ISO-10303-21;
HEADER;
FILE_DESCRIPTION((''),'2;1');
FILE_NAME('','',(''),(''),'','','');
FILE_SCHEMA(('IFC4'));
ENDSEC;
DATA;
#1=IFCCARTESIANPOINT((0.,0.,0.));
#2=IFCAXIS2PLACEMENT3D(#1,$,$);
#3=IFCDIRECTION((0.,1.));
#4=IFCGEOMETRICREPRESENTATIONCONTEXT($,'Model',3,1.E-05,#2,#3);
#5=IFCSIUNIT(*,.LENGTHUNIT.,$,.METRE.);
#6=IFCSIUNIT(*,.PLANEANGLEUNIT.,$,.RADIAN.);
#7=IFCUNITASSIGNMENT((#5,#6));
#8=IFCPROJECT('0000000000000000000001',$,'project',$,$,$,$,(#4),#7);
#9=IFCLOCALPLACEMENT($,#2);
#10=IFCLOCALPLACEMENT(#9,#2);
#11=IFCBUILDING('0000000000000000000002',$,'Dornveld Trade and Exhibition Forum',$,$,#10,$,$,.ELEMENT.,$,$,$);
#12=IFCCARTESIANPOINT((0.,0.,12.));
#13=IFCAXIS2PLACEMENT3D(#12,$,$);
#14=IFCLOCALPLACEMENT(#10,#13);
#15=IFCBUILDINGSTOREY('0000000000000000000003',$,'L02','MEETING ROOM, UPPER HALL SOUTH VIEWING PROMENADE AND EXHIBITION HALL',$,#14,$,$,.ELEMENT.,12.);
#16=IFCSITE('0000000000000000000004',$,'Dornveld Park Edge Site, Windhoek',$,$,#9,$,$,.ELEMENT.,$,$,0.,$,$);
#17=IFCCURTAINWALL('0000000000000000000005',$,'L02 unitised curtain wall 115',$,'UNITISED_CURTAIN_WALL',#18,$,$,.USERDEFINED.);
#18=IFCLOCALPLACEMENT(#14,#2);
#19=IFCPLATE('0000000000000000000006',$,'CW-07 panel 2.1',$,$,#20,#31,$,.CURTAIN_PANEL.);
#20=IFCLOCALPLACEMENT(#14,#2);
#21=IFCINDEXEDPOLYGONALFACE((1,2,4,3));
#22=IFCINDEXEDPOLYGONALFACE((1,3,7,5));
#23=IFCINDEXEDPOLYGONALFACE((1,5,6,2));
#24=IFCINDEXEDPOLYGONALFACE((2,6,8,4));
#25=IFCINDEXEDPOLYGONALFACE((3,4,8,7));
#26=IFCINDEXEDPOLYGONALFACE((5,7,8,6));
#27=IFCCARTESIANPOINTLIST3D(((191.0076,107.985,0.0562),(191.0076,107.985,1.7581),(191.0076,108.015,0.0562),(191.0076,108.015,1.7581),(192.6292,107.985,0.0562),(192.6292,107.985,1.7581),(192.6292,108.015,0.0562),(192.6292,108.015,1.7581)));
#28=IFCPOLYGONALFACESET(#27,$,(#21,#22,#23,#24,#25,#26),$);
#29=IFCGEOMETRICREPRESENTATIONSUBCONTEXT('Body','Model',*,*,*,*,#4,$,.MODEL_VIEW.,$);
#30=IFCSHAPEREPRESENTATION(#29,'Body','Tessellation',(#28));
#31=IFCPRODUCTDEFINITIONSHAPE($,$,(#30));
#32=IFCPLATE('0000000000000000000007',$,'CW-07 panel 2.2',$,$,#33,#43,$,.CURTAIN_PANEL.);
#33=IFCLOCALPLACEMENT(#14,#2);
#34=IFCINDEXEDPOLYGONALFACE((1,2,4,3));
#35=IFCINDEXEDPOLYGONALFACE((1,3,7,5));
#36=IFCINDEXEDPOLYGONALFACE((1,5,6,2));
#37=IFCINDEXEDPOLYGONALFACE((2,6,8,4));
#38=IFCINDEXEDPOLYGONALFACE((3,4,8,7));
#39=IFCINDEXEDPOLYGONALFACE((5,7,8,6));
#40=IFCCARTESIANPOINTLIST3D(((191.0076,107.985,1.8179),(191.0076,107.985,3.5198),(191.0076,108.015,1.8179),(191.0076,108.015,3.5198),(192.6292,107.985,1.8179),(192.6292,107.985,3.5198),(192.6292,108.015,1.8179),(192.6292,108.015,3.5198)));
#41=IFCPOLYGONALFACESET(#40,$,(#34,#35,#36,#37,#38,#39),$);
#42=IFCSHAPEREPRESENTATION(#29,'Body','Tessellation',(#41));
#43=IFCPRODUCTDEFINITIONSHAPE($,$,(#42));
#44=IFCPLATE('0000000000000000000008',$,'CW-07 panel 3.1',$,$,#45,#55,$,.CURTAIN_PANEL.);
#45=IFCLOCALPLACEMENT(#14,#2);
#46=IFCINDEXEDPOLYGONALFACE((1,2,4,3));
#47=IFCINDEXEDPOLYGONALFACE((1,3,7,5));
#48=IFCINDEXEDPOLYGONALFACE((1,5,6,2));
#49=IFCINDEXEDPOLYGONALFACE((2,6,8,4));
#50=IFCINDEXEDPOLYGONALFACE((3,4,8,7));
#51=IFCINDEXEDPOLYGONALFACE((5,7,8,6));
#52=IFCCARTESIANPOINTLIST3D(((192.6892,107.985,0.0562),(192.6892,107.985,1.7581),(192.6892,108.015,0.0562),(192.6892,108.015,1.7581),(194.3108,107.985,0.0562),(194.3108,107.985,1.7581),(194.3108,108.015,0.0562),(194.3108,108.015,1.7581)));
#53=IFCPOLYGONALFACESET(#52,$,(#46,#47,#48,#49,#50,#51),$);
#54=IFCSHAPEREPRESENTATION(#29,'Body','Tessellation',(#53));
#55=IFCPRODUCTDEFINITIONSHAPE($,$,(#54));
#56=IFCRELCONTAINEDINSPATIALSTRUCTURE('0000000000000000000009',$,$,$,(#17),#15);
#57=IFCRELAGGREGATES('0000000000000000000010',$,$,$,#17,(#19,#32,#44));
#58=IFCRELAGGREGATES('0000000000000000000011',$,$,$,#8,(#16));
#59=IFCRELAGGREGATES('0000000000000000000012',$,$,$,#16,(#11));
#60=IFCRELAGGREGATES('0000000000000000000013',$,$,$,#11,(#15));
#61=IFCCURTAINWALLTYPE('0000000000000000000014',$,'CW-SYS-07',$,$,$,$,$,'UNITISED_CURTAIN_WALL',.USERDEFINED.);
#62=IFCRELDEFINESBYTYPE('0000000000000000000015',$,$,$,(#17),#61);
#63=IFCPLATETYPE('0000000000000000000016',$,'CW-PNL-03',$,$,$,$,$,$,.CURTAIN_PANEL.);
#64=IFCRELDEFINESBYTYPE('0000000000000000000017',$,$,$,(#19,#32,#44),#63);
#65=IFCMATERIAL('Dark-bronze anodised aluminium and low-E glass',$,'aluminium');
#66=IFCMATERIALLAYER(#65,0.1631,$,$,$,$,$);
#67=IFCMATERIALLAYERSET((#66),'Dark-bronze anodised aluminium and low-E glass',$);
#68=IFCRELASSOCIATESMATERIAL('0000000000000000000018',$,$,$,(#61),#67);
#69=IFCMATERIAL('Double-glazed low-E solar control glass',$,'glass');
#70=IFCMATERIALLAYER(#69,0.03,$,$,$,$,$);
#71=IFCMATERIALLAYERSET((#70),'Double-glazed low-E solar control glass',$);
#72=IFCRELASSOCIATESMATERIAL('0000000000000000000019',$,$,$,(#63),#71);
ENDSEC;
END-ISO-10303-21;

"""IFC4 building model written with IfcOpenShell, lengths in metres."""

from ifc_helpers import new_model, si_unit, direction, frame, origin, origin_2d, place, context, subcontext, project, spatial, rectangle, extrude, material, layer, layer_set, type_object, element, aggregate, save


model = new_model("IFC4")

# Units and contexts
model_context = context("Model", 3, precision=1e-05, world=origin(), true_north=direction((0.0, 1.0)))
body_context = subcontext(model_context, "Body", "Model", "MODEL_VIEW")
ifc_project = project(units=[si_unit("LENGTHUNIT", "METRE"), si_unit("PLANEANGLEUNIT", "RADIAN")], contexts=[model_context])

# Site, building, storey
site_placement = place(None, origin())
site = spatial("IfcSite", under=ifc_project, at=site_placement, Name="Dornveld Park Edge Site, Windhoek", CompositionType="ELEMENT", RefElevation=0.0)
building_placement = place(site_placement, origin())
building = spatial("IfcBuilding", under=site, at=building_placement, Name="Dornveld Trade and Exhibition Forum", CompositionType="ELEMENT")
storey_placement = place(building_placement, frame((0.0, 0.0, 12.0)))
storey = spatial("IfcBuildingStorey", under=building, at=storey_placement, Name="L02", Description="MEETING ROOM, UPPER HALL SOUTH VIEWING PROMENADE AND EXHIBITION HALL", CompositionType="ELEMENT", Elevation=12.0)

# Curtain wall
ifc_material_1 = material(Name="Dark-bronze anodised aluminium and low-E glass", Category="aluminium")
ifc_layer_1 = layer(ifc_material_1, 0.1631)
ifc_layer_set_1 = layer_set([ifc_layer_1], Name="Dark-bronze anodised aluminium and low-E glass")
curtain_wall_type_1 = type_object("IfcCurtainWallType", Name="CW-SYS-07", ElementType="UNITISED_CURTAIN_WALL", PredefinedType="USERDEFINED", material=ifc_layer_set_1)
curtain_wall_1_placement = place(storey_placement, origin())
curtain_wall_1 = element("IfcCurtainWall", 1, at=curtain_wall_1_placement, inside=storey, type_object=curtain_wall_type_1, Name="L02 unitised curtain wall 115", ObjectType="UNITISED_CURTAIN_WALL", PredefinedType="USERDEFINED")

# Plates
ifc_material_2 = material(Name="Double-glazed low-E solar control glass", Category="glass")
ifc_layer_2 = layer(ifc_material_2, 0.03)
ifc_layer_set_2 = layer_set([ifc_layer_2], Name="Double-glazed low-E solar control glass")
plate_type_1 = type_object("IfcPlateType", Name="CW-PNL-03", PredefinedType="CURTAIN_PANEL", material=ifc_layer_set_2)
plate_1_placement = place(storey_placement, frame((191.8184, 108.0, 0.0562), z_axis=(0.0, 0.0, 1.0), x_axis=(1.0, 0.0, 0.0)))
plate_1 = element("IfcPlate", 2, at=plate_1_placement, type_object=plate_type_1, Name="CW-07 panel 2.1", PredefinedType="CURTAIN_PANEL", context=body_context, shape_type="SweptSolid", body=[
    extrude(rectangle(XDim=1.6216, YDim=0.03, at=origin_2d()), origin(), (0.0, 0.0, 1.0), 1.7019),
])
plate_2_placement = place(storey_placement, frame((191.8184, 108.0, 1.8179), z_axis=(0.0, 0.0, 1.0), x_axis=(1.0, 0.0, 0.0)))
plate_2 = element("IfcPlate", 3, at=plate_2_placement, type_object=plate_type_1, Name="CW-07 panel 2.2", PredefinedType="CURTAIN_PANEL", context=body_context, shape_type="SweptSolid", body=[
    extrude(rectangle(XDim=1.6216, YDim=0.03, at=origin_2d()), origin(), (0.0, 0.0, 1.0), 1.7019),
])
plate_3_placement = place(storey_placement, frame((193.5, 108.0, 0.0562), z_axis=(0.0, 0.0, 1.0), x_axis=(1.0, 0.0, 0.0)))
plate_3 = element("IfcPlate", 4, at=plate_3_placement, type_object=plate_type_1, Name="CW-07 panel 3.1", PredefinedType="CURTAIN_PANEL", context=body_context, shape_type="SweptSolid", body=[
    extrude(rectangle(XDim=1.6216, YDim=0.03, at=origin_2d()), origin(), (0.0, 0.0, 1.0), 1.7019),
])
aggregate(curtain_wall_1, [plate_1, plate_2, plate_3])

save(model, "model.ifc")
